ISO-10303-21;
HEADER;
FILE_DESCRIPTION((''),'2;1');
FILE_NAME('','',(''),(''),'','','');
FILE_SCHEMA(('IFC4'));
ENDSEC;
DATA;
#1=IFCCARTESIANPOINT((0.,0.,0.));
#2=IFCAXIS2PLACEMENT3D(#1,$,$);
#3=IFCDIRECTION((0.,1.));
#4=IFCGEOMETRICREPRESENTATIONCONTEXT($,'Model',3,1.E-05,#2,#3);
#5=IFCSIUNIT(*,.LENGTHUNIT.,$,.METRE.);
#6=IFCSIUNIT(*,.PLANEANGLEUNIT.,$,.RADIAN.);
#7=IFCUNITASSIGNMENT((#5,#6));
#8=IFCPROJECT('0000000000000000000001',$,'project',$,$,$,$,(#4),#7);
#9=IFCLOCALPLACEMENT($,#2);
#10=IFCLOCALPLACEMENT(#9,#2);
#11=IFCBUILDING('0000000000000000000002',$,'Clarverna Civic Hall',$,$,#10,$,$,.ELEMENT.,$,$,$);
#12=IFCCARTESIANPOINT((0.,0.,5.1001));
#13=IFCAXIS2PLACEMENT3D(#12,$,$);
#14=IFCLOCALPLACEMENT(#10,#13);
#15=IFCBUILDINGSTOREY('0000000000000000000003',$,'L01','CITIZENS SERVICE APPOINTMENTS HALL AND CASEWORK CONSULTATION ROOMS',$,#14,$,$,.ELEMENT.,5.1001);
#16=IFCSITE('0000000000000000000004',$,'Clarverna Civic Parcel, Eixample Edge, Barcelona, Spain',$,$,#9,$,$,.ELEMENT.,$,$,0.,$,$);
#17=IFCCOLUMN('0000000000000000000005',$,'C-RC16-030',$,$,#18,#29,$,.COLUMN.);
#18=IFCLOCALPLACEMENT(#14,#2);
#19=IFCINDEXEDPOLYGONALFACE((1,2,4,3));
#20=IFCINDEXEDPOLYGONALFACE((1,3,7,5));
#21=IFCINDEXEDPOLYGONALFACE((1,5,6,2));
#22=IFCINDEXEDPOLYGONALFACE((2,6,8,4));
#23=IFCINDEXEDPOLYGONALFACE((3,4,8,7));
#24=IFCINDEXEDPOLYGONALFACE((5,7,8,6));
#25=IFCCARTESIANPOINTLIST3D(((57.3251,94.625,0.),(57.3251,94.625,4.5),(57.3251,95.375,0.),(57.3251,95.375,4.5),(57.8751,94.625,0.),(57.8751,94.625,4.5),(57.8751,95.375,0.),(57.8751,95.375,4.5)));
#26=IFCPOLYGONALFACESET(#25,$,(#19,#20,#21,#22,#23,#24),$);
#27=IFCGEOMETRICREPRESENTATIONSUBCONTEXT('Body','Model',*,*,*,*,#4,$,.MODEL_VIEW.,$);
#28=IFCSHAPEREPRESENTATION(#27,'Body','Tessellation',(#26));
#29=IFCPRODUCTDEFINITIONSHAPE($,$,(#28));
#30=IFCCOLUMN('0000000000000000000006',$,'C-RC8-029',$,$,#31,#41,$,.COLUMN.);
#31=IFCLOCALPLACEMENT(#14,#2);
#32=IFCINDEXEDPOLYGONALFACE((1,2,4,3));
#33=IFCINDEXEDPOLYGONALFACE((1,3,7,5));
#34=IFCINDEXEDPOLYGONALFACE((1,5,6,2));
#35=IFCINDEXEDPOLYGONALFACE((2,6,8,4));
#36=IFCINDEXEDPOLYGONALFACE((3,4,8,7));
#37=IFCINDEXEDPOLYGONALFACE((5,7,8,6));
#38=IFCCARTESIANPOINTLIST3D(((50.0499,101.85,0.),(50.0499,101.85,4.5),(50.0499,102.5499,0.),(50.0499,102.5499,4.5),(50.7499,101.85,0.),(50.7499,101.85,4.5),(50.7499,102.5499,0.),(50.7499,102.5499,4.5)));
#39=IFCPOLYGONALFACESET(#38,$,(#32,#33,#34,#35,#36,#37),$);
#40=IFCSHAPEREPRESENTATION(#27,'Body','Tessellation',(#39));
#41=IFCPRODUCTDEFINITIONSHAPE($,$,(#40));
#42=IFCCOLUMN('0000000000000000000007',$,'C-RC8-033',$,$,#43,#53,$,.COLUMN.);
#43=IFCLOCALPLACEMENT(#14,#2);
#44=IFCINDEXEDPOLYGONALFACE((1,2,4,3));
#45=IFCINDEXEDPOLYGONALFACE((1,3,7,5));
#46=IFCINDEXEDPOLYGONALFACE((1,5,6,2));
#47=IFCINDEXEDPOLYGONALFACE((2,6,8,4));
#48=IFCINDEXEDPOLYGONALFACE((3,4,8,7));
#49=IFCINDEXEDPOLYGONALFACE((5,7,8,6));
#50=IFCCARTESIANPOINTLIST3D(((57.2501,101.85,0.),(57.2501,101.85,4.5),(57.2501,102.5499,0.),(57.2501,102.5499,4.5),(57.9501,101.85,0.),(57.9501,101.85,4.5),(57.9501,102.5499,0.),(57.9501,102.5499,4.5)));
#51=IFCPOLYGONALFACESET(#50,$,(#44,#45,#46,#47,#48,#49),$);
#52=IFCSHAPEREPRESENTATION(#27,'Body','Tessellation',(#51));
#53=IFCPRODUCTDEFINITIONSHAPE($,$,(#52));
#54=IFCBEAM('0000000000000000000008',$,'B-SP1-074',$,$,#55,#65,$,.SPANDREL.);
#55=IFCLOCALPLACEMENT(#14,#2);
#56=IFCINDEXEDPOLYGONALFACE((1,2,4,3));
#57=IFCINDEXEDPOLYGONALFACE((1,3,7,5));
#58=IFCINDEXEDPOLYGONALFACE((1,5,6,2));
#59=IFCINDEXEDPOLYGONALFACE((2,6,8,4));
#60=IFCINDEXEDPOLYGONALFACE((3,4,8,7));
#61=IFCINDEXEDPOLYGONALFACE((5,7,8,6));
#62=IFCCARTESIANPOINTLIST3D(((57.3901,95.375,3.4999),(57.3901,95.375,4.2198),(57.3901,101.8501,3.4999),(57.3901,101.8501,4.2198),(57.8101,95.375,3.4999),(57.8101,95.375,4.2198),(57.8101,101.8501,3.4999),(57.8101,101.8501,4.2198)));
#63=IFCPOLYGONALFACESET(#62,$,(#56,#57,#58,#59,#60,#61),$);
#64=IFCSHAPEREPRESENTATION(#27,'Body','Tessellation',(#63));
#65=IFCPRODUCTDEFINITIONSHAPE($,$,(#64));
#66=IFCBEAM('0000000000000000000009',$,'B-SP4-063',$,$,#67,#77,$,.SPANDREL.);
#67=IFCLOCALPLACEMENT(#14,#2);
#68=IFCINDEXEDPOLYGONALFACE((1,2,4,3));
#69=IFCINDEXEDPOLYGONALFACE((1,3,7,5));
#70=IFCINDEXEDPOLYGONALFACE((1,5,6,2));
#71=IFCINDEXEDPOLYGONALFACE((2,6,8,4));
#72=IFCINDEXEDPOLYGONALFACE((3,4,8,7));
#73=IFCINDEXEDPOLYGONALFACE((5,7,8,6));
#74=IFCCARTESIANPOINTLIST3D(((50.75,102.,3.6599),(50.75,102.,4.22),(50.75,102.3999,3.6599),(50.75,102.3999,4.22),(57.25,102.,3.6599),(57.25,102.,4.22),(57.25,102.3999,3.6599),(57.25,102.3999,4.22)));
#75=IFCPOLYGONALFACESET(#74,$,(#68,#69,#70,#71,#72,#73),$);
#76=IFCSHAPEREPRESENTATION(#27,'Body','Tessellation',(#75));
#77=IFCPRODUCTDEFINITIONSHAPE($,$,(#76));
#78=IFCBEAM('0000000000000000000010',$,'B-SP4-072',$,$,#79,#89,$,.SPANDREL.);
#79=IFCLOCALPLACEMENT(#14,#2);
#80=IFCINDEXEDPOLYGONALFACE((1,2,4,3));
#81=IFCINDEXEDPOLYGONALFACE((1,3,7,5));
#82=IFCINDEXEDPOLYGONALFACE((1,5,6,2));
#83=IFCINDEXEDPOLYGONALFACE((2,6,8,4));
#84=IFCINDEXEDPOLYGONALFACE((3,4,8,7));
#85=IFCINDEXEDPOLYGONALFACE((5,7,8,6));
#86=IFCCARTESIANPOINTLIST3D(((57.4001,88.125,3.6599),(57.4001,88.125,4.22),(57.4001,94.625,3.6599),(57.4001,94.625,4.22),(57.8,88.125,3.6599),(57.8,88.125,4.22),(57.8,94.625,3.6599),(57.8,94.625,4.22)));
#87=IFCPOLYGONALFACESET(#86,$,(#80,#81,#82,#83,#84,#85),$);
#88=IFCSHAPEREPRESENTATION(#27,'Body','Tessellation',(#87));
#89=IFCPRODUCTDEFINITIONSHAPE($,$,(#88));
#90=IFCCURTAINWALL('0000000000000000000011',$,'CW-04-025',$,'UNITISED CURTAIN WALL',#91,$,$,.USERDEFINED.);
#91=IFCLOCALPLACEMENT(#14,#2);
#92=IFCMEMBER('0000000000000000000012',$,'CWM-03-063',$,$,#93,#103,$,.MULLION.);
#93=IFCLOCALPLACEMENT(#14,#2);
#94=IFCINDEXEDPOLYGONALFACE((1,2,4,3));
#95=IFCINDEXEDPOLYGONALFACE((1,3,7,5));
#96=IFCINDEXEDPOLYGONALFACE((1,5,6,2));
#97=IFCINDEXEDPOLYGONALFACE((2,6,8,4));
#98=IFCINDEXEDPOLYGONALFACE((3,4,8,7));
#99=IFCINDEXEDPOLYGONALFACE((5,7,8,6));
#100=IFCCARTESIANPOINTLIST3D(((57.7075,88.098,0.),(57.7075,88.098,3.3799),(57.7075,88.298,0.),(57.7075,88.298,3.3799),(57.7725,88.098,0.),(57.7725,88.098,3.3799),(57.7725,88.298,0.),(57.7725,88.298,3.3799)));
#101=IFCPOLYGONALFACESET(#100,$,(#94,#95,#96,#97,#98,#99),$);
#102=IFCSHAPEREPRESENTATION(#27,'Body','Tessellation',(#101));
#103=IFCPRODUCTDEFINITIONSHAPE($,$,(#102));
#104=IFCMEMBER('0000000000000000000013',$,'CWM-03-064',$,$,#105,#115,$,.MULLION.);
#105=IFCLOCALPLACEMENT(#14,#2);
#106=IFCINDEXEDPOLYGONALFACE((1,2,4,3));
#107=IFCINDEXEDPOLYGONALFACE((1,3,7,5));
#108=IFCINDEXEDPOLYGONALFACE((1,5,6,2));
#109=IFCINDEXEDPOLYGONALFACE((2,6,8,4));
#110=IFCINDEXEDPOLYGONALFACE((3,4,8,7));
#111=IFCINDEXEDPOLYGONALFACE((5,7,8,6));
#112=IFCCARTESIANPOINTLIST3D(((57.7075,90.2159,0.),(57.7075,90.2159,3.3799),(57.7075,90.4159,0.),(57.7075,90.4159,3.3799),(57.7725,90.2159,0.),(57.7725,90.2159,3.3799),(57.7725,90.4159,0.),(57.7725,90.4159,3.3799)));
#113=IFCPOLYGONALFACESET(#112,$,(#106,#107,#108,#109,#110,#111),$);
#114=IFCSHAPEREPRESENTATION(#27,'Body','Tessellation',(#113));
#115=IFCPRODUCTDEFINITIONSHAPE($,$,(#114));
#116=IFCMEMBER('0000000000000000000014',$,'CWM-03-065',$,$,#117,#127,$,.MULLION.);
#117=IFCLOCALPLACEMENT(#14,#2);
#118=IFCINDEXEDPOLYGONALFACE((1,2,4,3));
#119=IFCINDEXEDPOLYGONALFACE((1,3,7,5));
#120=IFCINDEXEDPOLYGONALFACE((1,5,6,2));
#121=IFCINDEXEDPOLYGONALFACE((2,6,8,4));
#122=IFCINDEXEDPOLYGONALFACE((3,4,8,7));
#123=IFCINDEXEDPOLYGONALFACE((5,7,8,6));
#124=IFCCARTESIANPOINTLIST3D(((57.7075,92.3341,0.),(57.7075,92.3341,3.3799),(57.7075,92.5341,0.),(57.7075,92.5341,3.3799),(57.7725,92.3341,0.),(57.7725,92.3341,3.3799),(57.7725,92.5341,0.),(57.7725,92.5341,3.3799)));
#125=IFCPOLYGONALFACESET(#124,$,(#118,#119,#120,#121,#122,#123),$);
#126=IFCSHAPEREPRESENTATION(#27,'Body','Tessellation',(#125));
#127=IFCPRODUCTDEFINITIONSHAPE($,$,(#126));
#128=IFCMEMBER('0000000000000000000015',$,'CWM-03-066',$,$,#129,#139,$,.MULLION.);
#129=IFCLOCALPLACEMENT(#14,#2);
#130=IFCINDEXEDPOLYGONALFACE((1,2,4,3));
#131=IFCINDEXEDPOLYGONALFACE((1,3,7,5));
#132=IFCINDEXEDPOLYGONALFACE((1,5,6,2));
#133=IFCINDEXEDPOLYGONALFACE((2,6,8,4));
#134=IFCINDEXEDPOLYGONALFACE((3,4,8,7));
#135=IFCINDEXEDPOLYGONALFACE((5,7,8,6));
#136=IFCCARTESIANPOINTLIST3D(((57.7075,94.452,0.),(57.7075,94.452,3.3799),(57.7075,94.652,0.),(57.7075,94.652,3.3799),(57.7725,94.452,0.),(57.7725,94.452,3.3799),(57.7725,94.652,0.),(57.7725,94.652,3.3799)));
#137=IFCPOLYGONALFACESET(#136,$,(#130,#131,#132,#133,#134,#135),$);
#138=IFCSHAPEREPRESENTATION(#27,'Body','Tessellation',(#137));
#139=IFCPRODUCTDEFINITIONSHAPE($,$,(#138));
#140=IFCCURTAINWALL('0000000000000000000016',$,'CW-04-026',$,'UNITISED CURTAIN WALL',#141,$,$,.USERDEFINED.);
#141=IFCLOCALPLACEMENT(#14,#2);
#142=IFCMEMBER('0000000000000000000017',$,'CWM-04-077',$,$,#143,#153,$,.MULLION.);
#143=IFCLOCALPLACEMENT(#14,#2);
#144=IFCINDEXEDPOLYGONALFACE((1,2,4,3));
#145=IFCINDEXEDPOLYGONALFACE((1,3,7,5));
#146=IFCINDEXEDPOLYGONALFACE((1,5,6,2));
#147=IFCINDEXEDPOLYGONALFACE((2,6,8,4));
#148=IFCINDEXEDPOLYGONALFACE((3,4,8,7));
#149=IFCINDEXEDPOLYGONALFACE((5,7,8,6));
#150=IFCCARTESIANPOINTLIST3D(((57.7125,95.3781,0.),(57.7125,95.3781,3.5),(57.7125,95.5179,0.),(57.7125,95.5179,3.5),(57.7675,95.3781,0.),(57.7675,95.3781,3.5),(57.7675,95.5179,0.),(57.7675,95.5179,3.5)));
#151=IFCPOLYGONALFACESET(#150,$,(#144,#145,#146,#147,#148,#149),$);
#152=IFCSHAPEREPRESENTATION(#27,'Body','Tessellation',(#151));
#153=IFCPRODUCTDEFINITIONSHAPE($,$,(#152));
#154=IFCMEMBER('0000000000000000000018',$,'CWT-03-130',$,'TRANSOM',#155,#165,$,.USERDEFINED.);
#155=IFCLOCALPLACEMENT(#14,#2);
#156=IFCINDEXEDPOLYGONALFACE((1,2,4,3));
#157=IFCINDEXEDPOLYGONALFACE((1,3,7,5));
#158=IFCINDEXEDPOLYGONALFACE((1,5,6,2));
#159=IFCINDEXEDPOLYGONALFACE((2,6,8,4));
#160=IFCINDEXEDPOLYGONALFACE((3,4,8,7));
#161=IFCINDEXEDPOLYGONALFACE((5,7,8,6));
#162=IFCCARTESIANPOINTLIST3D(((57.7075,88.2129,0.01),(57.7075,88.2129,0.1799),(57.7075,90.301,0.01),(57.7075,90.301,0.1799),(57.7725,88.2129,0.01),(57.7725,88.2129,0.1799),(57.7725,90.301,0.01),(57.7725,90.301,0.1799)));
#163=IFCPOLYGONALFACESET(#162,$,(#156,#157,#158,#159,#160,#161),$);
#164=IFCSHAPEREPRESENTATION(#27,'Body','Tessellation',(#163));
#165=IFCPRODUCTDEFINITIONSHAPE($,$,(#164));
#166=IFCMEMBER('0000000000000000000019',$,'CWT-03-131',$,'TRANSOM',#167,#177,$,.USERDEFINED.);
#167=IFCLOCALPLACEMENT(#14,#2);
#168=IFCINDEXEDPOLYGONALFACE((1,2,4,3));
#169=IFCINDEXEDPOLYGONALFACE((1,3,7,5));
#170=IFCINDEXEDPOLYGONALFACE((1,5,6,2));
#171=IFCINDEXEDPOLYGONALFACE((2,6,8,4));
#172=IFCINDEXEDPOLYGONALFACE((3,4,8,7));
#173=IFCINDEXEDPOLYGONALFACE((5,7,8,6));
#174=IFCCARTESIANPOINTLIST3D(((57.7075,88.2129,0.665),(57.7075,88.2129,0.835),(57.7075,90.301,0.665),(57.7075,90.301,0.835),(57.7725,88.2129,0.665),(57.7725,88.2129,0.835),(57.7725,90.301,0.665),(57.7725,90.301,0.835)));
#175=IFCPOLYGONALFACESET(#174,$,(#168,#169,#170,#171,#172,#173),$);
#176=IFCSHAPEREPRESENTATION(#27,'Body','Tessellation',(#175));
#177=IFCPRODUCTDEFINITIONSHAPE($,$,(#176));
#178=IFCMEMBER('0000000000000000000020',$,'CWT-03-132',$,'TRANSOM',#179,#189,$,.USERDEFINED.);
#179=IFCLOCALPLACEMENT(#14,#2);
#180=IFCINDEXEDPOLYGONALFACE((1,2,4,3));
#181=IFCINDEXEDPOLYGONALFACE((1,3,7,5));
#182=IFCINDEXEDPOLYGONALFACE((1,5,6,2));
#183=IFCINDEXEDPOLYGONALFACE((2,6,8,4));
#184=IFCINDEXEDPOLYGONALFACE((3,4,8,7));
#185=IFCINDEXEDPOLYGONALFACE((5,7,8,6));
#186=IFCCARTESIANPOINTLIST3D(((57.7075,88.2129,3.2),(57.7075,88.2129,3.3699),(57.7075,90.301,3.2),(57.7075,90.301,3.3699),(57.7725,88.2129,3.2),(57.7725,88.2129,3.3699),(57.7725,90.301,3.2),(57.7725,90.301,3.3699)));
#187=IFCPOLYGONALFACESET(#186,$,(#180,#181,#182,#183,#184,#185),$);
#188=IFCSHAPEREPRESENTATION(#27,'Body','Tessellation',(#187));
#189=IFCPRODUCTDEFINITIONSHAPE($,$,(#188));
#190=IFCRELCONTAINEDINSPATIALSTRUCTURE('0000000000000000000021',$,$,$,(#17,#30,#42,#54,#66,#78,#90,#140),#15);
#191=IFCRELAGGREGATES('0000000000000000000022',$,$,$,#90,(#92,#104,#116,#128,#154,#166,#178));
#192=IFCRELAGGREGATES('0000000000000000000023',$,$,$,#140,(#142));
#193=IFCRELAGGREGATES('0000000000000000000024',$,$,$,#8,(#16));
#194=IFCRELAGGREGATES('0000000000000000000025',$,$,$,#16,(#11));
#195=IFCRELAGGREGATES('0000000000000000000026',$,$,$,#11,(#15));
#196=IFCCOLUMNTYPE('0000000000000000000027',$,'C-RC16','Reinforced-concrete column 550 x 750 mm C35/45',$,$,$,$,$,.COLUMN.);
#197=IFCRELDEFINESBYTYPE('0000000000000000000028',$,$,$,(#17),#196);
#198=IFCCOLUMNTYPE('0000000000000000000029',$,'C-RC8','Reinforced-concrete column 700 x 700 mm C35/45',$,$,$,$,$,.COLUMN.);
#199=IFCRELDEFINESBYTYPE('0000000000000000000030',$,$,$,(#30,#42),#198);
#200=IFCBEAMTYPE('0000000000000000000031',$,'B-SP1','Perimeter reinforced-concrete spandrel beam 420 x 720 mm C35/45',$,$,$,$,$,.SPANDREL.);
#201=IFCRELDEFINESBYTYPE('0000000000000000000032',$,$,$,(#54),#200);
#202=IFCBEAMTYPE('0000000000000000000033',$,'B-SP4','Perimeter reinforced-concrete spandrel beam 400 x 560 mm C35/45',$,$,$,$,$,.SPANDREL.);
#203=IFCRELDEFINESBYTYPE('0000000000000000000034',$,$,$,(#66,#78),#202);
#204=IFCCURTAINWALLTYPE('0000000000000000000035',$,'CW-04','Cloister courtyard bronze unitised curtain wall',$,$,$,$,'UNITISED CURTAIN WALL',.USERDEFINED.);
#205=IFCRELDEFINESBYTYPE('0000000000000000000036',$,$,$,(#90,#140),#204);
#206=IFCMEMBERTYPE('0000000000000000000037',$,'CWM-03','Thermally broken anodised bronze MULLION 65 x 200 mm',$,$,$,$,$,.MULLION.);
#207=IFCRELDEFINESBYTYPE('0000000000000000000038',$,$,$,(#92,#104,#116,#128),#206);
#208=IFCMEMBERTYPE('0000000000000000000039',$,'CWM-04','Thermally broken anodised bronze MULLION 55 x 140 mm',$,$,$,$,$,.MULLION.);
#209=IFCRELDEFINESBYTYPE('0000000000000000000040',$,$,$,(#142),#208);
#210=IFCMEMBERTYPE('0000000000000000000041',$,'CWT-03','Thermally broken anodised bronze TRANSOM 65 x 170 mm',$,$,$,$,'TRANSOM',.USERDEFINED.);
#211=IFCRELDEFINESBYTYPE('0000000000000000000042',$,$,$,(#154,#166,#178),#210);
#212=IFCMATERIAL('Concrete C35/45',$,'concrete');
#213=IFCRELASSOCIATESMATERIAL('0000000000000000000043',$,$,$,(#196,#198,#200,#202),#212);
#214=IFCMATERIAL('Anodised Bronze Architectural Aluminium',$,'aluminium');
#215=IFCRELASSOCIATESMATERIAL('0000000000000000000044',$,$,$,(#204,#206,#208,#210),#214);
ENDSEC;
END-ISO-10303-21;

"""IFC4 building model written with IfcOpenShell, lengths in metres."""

from ifc_helpers import new_model, si_unit, direction, frame, origin, origin_2d, place, context, subcontext, project, spatial, rectangle, extrude, material, material_profile, profile_set, type_object, element, aggregate, save


model = new_model("IFC4")

# Units and contexts
model_context = context("Model", 3, precision=1e-05, world=origin(), true_north=direction((0.0, 1.0)))
body_context = subcontext(model_context, "Body", "Model", "MODEL_VIEW")
ifc_project = project(units=[si_unit("LENGTHUNIT", "METRE"), si_unit("PLANEANGLEUNIT", "RADIAN")], contexts=[model_context])

# Site, building, storey
site_placement = place(None, origin())
site = spatial("IfcSite", under=ifc_project, at=site_placement, Name="Clarverna Civic Parcel, Eixample Edge, Barcelona, Spain", CompositionType="ELEMENT", RefElevation=0.0)
building_placement = place(site_placement, origin())
building = spatial("IfcBuilding", under=site, at=building_placement, Name="Clarverna Civic Hall", CompositionType="ELEMENT")
storey_placement = place(building_placement, frame((0.0, 0.0, 5.1001)))
storey = spatial("IfcBuildingStorey", under=building, at=storey_placement, Name="L01", Description="CITIZENS SERVICE APPOINTMENTS HALL AND CASEWORK CONSULTATION ROOMS", CompositionType="ELEMENT", Elevation=5.1001)

# Columns
ifc_material_1 = material(Name="Concrete C35/45", Category="concrete")
ifc_material_profile_1 = material_profile(ifc_material_1, rectangle(XDim=0.55, YDim=0.75, at=origin_2d()), Name="RC 550x750")
ifc_profile_set_1 = profile_set([ifc_material_profile_1], Name="Concrete C35/45")
column_type_1 = type_object("IfcColumnType", Name="C-RC16", Description="Reinforced-concrete column 550 x 750 mm C35/45", PredefinedType="COLUMN", material=ifc_profile_set_1)
column_placement = place(storey_placement, frame((57.6001, 95.0, 0.0), z_axis=(0.0, 0.0, 1.0), x_axis=(1.0, 0.0, 0.0)))
element("IfcColumn", 1, at=column_placement, inside=storey, type_object=column_type_1, Name="C-RC16-030", PredefinedType="COLUMN", context=body_context, shape_type="SweptSolid", body=[
    extrude(rectangle(XDim=0.55, YDim=0.75, at=origin_2d()), origin(), (0.0, 0.0, 1.0), 4.5),
])
ifc_material_profile_2 = material_profile(ifc_material_1, rectangle(XDim=0.7, YDim=0.7, at=origin_2d()), Name="RC 700x700")
ifc_profile_set_2 = profile_set([ifc_material_profile_2], Name="Concrete C35/45")
column_type_2 = type_object("IfcColumnType", Name="C-RC8", Description="Reinforced-concrete column 700 x 700 mm C35/45", PredefinedType="COLUMN", material=ifc_profile_set_2)
for number, where, z_axis, x_axis, name in (
    (2, (50.3999, 102.2, 0.0), (0.0, 0.0, 1.0), (1.0, 0.0, 0.0), "C-RC8-029"),
    (3, (57.6001, 102.2, 0.0), (0.0, 0.0, 1.0), (1.0, 0.0, 0.0), "C-RC8-033"),
):
    element("IfcColumn", number, at=place(storey_placement, frame(where, z_axis=z_axis, x_axis=x_axis)), inside=storey, type_object=column_type_2, Name=name, PredefinedType="COLUMN", context=body_context, shape_type="SweptSolid", body=[
        extrude(rectangle(XDim=0.7, YDim=0.7, at=origin_2d()), origin(), (0.0, 0.0, 1.0), 4.5),
    ])

# Beams
ifc_material_profile_3 = material_profile(ifc_material_1, rectangle(XDim=0.4199, YDim=0.72, at=origin_2d()), Name="RC 420x720")
ifc_profile_set_3 = profile_set([ifc_material_profile_3], Name="Concrete C35/45")
beam_type_1 = type_object("IfcBeamType", Name="B-SP1", Description="Perimeter reinforced-concrete spandrel beam 420 x 720 mm C35/45", PredefinedType="SPANDREL", material=ifc_profile_set_3)
beam_placement = place(storey_placement, frame((57.6001, 95.375, 3.8599), z_axis=(0.0, 1.0, 0.0), x_axis=(-1.0, 0.0, 0.0)))
element("IfcBeam", 4, at=beam_placement, inside=storey, type_object=beam_type_1, Name="B-SP1-074", PredefinedType="SPANDREL", context=body_context, shape_type="SweptSolid", body=[
    extrude(rectangle(XDim=0.4199, YDim=0.72, at=origin_2d()), origin(), (0.0, 0.0, 1.0), 6.4751),
])
ifc_material_profile_4 = material_profile(ifc_material_1, rectangle(XDim=0.3999, YDim=0.5601, at=origin_2d()), Name="RC 400x560")
ifc_profile_set_4 = profile_set([ifc_material_profile_4], Name="Concrete C35/45")
beam_type_2 = type_object("IfcBeamType", Name="B-SP4", Description="Perimeter reinforced-concrete spandrel beam 400 x 560 mm C35/45", PredefinedType="SPANDREL", material=ifc_profile_set_4)
for number, where, z_axis, x_axis, name in (
    (5, (50.75, 102.2, 3.9399), (1.0, 0.0, 0.0), (0.0, 1.0, 0.0), "B-SP4-063"),
    (6, (57.6001, 88.125, 3.9399), (0.0, 1.0, 0.0), (-1.0, 0.0, 0.0), "B-SP4-072"),
):
    element("IfcBeam", number, at=place(storey_placement, frame(where, z_axis=z_axis, x_axis=x_axis)), inside=storey, type_object=beam_type_2, Name=name, PredefinedType="SPANDREL", context=body_context, shape_type="SweptSolid", body=[
        extrude(rectangle(XDim=0.3999, YDim=0.5601, at=origin_2d()), origin(), (0.0, 0.0, 1.0), 6.5),
    ])

# Curtain wall, members
ifc_material_2 = material(Name="Anodised Bronze Architectural Aluminium", Category="aluminium")
curtain_wall_type = type_object("IfcCurtainWallType", Name="CW-04", Description="Cloister courtyard bronze unitised curtain wall", ElementType="UNITISED CURTAIN WALL", PredefinedType="USERDEFINED", material=ifc_material_2)
curtain_wall_1_placement = place(storey_placement, origin())
curtain_wall_1 = element("IfcCurtainWall", 7, at=curtain_wall_1_placement, inside=storey, type_object=curtain_wall_type, Name="CW-04-025", ObjectType="UNITISED CURTAIN WALL", PredefinedType="USERDEFINED")
ifc_material_profile_5 = material_profile(ifc_material_2, rectangle(XDim=0.0649, YDim=0.2, at=origin_2d()), Name="BRONZE 65x200")
ifc_profile_set_5 = profile_set([ifc_material_profile_5], Name="Anodised Bronze Architectural Aluminium")
member_type_1 = type_object("IfcMemberType", Name="CWM-03", Description="Thermally broken anodised bronze MULLION 65 x 200 mm", PredefinedType="MULLION", material=ifc_profile_set_5)
member_1_placement = place(storey_placement, frame((57.74, 88.198, 0.0), z_axis=(0.0, 0.0, 1.0), x_axis=(1.0, 0.0, 0.0)))
member_1 = element("IfcMember", 8, at=member_1_placement, type_object=member_type_1, Name="CWM-03-063", PredefinedType="MULLION", context=body_context, shape_type="SweptSolid", body=[
    extrude(rectangle(XDim=0.0649, YDim=0.2, at=origin_2d()), origin(), (0.0, 0.0, 1.0), 3.3799),
])
member_2_placement = place(storey_placement, frame((57.74, 90.3159, 0.0), z_axis=(0.0, 0.0, 1.0), x_axis=(1.0, 0.0, 0.0)))
member_2 = element("IfcMember", 9, at=member_2_placement, type_object=member_type_1, Name="CWM-03-064", PredefinedType="MULLION", context=body_context, shape_type="SweptSolid", body=[
    extrude(rectangle(XDim=0.0649, YDim=0.2, at=origin_2d()), origin(), (0.0, 0.0, 1.0), 3.3799),
])
member_3_placement = place(storey_placement, frame((57.74, 92.4341, 0.0), z_axis=(0.0, 0.0, 1.0), x_axis=(1.0, 0.0, 0.0)))
member_3 = element("IfcMember", 10, at=member_3_placement, type_object=member_type_1, Name="CWM-03-065", PredefinedType="MULLION", context=body_context, shape_type="SweptSolid", body=[
    extrude(rectangle(XDim=0.0649, YDim=0.2, at=origin_2d()), origin(), (0.0, 0.0, 1.0), 3.3799),
])
member_4_placement = place(storey_placement, frame((57.74, 94.552, 0.0), z_axis=(0.0, 0.0, 1.0), x_axis=(1.0, 0.0, 0.0)))
member_4 = element("IfcMember", 11, at=member_4_placement, type_object=member_type_1, Name="CWM-03-066", PredefinedType="MULLION", context=body_context, shape_type="SweptSolid", body=[
    extrude(rectangle(XDim=0.0649, YDim=0.2, at=origin_2d()), origin(), (0.0, 0.0, 1.0), 3.3799),
])

# Curtain wall, member
curtain_wall_2_placement = place(storey_placement, origin())
curtain_wall_2 = element("IfcCurtainWall", 12, at=curtain_wall_2_placement, inside=storey, type_object=curtain_wall_type, Name="CW-04-026", ObjectType="UNITISED CURTAIN WALL", PredefinedType="USERDEFINED")
ifc_material_profile_6 = material_profile(ifc_material_2, rectangle(XDim=0.0549, YDim=0.1399, at=origin_2d()), Name="BRONZE 55x140")
ifc_profile_set_6 = profile_set([ifc_material_profile_6], Name="Anodised Bronze Architectural Aluminium")
member_type_2 = type_object("IfcMemberType", Name="CWM-04", Description="Thermally broken anodised bronze MULLION 55 x 140 mm", PredefinedType="MULLION", material=ifc_profile_set_6)
member_5_placement = place(storey_placement, frame((57.74, 95.448, 0.0), z_axis=(0.0, 0.0, 1.0), x_axis=(1.0, 0.0, 0.0)))
member_5 = element("IfcMember", 13, at=member_5_placement, type_object=member_type_2, Name="CWM-04-077", PredefinedType="MULLION", context=body_context, shape_type="SweptSolid", body=[
    extrude(rectangle(XDim=0.0549, YDim=0.1399, at=origin_2d()), origin(), (0.0, 0.0, 1.0), 3.5),
])

# Members
ifc_material_profile_7 = material_profile(ifc_material_2, rectangle(XDim=0.0649, YDim=0.1699, at=origin_2d()), Name="BRONZE 65x170")
ifc_profile_set_7 = profile_set([ifc_material_profile_7], Name="Anodised Bronze Architectural Aluminium")
member_type_3 = type_object("IfcMemberType", Name="CWT-03", Description="Thermally broken anodised bronze TRANSOM 65 x 170 mm", ElementType="TRANSOM", PredefinedType="USERDEFINED", material=ifc_profile_set_7)
member_6_placement = place(storey_placement, frame((57.74, 88.2129, 0.095), z_axis=(0.0, 1.0, 0.0), x_axis=(-1.0, 0.0, 0.0)))
member_6 = element("IfcMember", 14, at=member_6_placement, type_object=member_type_3, Name="CWT-03-130", ObjectType="TRANSOM", PredefinedType="USERDEFINED", context=body_context, shape_type="SweptSolid", body=[
    extrude(rectangle(XDim=0.0649, YDim=0.1699, at=origin_2d()), origin(), (0.0, 0.0, 1.0), 2.0881),
])
member_7_placement = place(storey_placement, frame((57.74, 88.2129, 0.75), z_axis=(0.0, 1.0, 0.0), x_axis=(-1.0, 0.0, 0.0)))
member_7 = element("IfcMember", 15, at=member_7_placement, type_object=member_type_3, Name="CWT-03-131", ObjectType="TRANSOM", PredefinedType="USERDEFINED", context=body_context, shape_type="SweptSolid", body=[
    extrude(rectangle(XDim=0.0649, YDim=0.1699, at=origin_2d()), origin(), (0.0, 0.0, 1.0), 2.0881),
])
member_8_placement = place(storey_placement, frame((57.74, 88.2129, 3.2849), z_axis=(0.0, 1.0, 0.0), x_axis=(-1.0, 0.0, 0.0)))
member_8 = element("IfcMember", 16, at=member_8_placement, type_object=member_type_3, Name="CWT-03-132", ObjectType="TRANSOM", PredefinedType="USERDEFINED", context=body_context, shape_type="SweptSolid", body=[
    extrude(rectangle(XDim=0.0649, YDim=0.1699, at=origin_2d()), origin(), (0.0, 0.0, 1.0), 2.0881),
])

aggregate(curtain_wall_1, [member_1, member_2, member_3, member_4, member_6, member_7, member_8])
aggregate(curtain_wall_2, [member_5])

save(model, "model.ifc")
